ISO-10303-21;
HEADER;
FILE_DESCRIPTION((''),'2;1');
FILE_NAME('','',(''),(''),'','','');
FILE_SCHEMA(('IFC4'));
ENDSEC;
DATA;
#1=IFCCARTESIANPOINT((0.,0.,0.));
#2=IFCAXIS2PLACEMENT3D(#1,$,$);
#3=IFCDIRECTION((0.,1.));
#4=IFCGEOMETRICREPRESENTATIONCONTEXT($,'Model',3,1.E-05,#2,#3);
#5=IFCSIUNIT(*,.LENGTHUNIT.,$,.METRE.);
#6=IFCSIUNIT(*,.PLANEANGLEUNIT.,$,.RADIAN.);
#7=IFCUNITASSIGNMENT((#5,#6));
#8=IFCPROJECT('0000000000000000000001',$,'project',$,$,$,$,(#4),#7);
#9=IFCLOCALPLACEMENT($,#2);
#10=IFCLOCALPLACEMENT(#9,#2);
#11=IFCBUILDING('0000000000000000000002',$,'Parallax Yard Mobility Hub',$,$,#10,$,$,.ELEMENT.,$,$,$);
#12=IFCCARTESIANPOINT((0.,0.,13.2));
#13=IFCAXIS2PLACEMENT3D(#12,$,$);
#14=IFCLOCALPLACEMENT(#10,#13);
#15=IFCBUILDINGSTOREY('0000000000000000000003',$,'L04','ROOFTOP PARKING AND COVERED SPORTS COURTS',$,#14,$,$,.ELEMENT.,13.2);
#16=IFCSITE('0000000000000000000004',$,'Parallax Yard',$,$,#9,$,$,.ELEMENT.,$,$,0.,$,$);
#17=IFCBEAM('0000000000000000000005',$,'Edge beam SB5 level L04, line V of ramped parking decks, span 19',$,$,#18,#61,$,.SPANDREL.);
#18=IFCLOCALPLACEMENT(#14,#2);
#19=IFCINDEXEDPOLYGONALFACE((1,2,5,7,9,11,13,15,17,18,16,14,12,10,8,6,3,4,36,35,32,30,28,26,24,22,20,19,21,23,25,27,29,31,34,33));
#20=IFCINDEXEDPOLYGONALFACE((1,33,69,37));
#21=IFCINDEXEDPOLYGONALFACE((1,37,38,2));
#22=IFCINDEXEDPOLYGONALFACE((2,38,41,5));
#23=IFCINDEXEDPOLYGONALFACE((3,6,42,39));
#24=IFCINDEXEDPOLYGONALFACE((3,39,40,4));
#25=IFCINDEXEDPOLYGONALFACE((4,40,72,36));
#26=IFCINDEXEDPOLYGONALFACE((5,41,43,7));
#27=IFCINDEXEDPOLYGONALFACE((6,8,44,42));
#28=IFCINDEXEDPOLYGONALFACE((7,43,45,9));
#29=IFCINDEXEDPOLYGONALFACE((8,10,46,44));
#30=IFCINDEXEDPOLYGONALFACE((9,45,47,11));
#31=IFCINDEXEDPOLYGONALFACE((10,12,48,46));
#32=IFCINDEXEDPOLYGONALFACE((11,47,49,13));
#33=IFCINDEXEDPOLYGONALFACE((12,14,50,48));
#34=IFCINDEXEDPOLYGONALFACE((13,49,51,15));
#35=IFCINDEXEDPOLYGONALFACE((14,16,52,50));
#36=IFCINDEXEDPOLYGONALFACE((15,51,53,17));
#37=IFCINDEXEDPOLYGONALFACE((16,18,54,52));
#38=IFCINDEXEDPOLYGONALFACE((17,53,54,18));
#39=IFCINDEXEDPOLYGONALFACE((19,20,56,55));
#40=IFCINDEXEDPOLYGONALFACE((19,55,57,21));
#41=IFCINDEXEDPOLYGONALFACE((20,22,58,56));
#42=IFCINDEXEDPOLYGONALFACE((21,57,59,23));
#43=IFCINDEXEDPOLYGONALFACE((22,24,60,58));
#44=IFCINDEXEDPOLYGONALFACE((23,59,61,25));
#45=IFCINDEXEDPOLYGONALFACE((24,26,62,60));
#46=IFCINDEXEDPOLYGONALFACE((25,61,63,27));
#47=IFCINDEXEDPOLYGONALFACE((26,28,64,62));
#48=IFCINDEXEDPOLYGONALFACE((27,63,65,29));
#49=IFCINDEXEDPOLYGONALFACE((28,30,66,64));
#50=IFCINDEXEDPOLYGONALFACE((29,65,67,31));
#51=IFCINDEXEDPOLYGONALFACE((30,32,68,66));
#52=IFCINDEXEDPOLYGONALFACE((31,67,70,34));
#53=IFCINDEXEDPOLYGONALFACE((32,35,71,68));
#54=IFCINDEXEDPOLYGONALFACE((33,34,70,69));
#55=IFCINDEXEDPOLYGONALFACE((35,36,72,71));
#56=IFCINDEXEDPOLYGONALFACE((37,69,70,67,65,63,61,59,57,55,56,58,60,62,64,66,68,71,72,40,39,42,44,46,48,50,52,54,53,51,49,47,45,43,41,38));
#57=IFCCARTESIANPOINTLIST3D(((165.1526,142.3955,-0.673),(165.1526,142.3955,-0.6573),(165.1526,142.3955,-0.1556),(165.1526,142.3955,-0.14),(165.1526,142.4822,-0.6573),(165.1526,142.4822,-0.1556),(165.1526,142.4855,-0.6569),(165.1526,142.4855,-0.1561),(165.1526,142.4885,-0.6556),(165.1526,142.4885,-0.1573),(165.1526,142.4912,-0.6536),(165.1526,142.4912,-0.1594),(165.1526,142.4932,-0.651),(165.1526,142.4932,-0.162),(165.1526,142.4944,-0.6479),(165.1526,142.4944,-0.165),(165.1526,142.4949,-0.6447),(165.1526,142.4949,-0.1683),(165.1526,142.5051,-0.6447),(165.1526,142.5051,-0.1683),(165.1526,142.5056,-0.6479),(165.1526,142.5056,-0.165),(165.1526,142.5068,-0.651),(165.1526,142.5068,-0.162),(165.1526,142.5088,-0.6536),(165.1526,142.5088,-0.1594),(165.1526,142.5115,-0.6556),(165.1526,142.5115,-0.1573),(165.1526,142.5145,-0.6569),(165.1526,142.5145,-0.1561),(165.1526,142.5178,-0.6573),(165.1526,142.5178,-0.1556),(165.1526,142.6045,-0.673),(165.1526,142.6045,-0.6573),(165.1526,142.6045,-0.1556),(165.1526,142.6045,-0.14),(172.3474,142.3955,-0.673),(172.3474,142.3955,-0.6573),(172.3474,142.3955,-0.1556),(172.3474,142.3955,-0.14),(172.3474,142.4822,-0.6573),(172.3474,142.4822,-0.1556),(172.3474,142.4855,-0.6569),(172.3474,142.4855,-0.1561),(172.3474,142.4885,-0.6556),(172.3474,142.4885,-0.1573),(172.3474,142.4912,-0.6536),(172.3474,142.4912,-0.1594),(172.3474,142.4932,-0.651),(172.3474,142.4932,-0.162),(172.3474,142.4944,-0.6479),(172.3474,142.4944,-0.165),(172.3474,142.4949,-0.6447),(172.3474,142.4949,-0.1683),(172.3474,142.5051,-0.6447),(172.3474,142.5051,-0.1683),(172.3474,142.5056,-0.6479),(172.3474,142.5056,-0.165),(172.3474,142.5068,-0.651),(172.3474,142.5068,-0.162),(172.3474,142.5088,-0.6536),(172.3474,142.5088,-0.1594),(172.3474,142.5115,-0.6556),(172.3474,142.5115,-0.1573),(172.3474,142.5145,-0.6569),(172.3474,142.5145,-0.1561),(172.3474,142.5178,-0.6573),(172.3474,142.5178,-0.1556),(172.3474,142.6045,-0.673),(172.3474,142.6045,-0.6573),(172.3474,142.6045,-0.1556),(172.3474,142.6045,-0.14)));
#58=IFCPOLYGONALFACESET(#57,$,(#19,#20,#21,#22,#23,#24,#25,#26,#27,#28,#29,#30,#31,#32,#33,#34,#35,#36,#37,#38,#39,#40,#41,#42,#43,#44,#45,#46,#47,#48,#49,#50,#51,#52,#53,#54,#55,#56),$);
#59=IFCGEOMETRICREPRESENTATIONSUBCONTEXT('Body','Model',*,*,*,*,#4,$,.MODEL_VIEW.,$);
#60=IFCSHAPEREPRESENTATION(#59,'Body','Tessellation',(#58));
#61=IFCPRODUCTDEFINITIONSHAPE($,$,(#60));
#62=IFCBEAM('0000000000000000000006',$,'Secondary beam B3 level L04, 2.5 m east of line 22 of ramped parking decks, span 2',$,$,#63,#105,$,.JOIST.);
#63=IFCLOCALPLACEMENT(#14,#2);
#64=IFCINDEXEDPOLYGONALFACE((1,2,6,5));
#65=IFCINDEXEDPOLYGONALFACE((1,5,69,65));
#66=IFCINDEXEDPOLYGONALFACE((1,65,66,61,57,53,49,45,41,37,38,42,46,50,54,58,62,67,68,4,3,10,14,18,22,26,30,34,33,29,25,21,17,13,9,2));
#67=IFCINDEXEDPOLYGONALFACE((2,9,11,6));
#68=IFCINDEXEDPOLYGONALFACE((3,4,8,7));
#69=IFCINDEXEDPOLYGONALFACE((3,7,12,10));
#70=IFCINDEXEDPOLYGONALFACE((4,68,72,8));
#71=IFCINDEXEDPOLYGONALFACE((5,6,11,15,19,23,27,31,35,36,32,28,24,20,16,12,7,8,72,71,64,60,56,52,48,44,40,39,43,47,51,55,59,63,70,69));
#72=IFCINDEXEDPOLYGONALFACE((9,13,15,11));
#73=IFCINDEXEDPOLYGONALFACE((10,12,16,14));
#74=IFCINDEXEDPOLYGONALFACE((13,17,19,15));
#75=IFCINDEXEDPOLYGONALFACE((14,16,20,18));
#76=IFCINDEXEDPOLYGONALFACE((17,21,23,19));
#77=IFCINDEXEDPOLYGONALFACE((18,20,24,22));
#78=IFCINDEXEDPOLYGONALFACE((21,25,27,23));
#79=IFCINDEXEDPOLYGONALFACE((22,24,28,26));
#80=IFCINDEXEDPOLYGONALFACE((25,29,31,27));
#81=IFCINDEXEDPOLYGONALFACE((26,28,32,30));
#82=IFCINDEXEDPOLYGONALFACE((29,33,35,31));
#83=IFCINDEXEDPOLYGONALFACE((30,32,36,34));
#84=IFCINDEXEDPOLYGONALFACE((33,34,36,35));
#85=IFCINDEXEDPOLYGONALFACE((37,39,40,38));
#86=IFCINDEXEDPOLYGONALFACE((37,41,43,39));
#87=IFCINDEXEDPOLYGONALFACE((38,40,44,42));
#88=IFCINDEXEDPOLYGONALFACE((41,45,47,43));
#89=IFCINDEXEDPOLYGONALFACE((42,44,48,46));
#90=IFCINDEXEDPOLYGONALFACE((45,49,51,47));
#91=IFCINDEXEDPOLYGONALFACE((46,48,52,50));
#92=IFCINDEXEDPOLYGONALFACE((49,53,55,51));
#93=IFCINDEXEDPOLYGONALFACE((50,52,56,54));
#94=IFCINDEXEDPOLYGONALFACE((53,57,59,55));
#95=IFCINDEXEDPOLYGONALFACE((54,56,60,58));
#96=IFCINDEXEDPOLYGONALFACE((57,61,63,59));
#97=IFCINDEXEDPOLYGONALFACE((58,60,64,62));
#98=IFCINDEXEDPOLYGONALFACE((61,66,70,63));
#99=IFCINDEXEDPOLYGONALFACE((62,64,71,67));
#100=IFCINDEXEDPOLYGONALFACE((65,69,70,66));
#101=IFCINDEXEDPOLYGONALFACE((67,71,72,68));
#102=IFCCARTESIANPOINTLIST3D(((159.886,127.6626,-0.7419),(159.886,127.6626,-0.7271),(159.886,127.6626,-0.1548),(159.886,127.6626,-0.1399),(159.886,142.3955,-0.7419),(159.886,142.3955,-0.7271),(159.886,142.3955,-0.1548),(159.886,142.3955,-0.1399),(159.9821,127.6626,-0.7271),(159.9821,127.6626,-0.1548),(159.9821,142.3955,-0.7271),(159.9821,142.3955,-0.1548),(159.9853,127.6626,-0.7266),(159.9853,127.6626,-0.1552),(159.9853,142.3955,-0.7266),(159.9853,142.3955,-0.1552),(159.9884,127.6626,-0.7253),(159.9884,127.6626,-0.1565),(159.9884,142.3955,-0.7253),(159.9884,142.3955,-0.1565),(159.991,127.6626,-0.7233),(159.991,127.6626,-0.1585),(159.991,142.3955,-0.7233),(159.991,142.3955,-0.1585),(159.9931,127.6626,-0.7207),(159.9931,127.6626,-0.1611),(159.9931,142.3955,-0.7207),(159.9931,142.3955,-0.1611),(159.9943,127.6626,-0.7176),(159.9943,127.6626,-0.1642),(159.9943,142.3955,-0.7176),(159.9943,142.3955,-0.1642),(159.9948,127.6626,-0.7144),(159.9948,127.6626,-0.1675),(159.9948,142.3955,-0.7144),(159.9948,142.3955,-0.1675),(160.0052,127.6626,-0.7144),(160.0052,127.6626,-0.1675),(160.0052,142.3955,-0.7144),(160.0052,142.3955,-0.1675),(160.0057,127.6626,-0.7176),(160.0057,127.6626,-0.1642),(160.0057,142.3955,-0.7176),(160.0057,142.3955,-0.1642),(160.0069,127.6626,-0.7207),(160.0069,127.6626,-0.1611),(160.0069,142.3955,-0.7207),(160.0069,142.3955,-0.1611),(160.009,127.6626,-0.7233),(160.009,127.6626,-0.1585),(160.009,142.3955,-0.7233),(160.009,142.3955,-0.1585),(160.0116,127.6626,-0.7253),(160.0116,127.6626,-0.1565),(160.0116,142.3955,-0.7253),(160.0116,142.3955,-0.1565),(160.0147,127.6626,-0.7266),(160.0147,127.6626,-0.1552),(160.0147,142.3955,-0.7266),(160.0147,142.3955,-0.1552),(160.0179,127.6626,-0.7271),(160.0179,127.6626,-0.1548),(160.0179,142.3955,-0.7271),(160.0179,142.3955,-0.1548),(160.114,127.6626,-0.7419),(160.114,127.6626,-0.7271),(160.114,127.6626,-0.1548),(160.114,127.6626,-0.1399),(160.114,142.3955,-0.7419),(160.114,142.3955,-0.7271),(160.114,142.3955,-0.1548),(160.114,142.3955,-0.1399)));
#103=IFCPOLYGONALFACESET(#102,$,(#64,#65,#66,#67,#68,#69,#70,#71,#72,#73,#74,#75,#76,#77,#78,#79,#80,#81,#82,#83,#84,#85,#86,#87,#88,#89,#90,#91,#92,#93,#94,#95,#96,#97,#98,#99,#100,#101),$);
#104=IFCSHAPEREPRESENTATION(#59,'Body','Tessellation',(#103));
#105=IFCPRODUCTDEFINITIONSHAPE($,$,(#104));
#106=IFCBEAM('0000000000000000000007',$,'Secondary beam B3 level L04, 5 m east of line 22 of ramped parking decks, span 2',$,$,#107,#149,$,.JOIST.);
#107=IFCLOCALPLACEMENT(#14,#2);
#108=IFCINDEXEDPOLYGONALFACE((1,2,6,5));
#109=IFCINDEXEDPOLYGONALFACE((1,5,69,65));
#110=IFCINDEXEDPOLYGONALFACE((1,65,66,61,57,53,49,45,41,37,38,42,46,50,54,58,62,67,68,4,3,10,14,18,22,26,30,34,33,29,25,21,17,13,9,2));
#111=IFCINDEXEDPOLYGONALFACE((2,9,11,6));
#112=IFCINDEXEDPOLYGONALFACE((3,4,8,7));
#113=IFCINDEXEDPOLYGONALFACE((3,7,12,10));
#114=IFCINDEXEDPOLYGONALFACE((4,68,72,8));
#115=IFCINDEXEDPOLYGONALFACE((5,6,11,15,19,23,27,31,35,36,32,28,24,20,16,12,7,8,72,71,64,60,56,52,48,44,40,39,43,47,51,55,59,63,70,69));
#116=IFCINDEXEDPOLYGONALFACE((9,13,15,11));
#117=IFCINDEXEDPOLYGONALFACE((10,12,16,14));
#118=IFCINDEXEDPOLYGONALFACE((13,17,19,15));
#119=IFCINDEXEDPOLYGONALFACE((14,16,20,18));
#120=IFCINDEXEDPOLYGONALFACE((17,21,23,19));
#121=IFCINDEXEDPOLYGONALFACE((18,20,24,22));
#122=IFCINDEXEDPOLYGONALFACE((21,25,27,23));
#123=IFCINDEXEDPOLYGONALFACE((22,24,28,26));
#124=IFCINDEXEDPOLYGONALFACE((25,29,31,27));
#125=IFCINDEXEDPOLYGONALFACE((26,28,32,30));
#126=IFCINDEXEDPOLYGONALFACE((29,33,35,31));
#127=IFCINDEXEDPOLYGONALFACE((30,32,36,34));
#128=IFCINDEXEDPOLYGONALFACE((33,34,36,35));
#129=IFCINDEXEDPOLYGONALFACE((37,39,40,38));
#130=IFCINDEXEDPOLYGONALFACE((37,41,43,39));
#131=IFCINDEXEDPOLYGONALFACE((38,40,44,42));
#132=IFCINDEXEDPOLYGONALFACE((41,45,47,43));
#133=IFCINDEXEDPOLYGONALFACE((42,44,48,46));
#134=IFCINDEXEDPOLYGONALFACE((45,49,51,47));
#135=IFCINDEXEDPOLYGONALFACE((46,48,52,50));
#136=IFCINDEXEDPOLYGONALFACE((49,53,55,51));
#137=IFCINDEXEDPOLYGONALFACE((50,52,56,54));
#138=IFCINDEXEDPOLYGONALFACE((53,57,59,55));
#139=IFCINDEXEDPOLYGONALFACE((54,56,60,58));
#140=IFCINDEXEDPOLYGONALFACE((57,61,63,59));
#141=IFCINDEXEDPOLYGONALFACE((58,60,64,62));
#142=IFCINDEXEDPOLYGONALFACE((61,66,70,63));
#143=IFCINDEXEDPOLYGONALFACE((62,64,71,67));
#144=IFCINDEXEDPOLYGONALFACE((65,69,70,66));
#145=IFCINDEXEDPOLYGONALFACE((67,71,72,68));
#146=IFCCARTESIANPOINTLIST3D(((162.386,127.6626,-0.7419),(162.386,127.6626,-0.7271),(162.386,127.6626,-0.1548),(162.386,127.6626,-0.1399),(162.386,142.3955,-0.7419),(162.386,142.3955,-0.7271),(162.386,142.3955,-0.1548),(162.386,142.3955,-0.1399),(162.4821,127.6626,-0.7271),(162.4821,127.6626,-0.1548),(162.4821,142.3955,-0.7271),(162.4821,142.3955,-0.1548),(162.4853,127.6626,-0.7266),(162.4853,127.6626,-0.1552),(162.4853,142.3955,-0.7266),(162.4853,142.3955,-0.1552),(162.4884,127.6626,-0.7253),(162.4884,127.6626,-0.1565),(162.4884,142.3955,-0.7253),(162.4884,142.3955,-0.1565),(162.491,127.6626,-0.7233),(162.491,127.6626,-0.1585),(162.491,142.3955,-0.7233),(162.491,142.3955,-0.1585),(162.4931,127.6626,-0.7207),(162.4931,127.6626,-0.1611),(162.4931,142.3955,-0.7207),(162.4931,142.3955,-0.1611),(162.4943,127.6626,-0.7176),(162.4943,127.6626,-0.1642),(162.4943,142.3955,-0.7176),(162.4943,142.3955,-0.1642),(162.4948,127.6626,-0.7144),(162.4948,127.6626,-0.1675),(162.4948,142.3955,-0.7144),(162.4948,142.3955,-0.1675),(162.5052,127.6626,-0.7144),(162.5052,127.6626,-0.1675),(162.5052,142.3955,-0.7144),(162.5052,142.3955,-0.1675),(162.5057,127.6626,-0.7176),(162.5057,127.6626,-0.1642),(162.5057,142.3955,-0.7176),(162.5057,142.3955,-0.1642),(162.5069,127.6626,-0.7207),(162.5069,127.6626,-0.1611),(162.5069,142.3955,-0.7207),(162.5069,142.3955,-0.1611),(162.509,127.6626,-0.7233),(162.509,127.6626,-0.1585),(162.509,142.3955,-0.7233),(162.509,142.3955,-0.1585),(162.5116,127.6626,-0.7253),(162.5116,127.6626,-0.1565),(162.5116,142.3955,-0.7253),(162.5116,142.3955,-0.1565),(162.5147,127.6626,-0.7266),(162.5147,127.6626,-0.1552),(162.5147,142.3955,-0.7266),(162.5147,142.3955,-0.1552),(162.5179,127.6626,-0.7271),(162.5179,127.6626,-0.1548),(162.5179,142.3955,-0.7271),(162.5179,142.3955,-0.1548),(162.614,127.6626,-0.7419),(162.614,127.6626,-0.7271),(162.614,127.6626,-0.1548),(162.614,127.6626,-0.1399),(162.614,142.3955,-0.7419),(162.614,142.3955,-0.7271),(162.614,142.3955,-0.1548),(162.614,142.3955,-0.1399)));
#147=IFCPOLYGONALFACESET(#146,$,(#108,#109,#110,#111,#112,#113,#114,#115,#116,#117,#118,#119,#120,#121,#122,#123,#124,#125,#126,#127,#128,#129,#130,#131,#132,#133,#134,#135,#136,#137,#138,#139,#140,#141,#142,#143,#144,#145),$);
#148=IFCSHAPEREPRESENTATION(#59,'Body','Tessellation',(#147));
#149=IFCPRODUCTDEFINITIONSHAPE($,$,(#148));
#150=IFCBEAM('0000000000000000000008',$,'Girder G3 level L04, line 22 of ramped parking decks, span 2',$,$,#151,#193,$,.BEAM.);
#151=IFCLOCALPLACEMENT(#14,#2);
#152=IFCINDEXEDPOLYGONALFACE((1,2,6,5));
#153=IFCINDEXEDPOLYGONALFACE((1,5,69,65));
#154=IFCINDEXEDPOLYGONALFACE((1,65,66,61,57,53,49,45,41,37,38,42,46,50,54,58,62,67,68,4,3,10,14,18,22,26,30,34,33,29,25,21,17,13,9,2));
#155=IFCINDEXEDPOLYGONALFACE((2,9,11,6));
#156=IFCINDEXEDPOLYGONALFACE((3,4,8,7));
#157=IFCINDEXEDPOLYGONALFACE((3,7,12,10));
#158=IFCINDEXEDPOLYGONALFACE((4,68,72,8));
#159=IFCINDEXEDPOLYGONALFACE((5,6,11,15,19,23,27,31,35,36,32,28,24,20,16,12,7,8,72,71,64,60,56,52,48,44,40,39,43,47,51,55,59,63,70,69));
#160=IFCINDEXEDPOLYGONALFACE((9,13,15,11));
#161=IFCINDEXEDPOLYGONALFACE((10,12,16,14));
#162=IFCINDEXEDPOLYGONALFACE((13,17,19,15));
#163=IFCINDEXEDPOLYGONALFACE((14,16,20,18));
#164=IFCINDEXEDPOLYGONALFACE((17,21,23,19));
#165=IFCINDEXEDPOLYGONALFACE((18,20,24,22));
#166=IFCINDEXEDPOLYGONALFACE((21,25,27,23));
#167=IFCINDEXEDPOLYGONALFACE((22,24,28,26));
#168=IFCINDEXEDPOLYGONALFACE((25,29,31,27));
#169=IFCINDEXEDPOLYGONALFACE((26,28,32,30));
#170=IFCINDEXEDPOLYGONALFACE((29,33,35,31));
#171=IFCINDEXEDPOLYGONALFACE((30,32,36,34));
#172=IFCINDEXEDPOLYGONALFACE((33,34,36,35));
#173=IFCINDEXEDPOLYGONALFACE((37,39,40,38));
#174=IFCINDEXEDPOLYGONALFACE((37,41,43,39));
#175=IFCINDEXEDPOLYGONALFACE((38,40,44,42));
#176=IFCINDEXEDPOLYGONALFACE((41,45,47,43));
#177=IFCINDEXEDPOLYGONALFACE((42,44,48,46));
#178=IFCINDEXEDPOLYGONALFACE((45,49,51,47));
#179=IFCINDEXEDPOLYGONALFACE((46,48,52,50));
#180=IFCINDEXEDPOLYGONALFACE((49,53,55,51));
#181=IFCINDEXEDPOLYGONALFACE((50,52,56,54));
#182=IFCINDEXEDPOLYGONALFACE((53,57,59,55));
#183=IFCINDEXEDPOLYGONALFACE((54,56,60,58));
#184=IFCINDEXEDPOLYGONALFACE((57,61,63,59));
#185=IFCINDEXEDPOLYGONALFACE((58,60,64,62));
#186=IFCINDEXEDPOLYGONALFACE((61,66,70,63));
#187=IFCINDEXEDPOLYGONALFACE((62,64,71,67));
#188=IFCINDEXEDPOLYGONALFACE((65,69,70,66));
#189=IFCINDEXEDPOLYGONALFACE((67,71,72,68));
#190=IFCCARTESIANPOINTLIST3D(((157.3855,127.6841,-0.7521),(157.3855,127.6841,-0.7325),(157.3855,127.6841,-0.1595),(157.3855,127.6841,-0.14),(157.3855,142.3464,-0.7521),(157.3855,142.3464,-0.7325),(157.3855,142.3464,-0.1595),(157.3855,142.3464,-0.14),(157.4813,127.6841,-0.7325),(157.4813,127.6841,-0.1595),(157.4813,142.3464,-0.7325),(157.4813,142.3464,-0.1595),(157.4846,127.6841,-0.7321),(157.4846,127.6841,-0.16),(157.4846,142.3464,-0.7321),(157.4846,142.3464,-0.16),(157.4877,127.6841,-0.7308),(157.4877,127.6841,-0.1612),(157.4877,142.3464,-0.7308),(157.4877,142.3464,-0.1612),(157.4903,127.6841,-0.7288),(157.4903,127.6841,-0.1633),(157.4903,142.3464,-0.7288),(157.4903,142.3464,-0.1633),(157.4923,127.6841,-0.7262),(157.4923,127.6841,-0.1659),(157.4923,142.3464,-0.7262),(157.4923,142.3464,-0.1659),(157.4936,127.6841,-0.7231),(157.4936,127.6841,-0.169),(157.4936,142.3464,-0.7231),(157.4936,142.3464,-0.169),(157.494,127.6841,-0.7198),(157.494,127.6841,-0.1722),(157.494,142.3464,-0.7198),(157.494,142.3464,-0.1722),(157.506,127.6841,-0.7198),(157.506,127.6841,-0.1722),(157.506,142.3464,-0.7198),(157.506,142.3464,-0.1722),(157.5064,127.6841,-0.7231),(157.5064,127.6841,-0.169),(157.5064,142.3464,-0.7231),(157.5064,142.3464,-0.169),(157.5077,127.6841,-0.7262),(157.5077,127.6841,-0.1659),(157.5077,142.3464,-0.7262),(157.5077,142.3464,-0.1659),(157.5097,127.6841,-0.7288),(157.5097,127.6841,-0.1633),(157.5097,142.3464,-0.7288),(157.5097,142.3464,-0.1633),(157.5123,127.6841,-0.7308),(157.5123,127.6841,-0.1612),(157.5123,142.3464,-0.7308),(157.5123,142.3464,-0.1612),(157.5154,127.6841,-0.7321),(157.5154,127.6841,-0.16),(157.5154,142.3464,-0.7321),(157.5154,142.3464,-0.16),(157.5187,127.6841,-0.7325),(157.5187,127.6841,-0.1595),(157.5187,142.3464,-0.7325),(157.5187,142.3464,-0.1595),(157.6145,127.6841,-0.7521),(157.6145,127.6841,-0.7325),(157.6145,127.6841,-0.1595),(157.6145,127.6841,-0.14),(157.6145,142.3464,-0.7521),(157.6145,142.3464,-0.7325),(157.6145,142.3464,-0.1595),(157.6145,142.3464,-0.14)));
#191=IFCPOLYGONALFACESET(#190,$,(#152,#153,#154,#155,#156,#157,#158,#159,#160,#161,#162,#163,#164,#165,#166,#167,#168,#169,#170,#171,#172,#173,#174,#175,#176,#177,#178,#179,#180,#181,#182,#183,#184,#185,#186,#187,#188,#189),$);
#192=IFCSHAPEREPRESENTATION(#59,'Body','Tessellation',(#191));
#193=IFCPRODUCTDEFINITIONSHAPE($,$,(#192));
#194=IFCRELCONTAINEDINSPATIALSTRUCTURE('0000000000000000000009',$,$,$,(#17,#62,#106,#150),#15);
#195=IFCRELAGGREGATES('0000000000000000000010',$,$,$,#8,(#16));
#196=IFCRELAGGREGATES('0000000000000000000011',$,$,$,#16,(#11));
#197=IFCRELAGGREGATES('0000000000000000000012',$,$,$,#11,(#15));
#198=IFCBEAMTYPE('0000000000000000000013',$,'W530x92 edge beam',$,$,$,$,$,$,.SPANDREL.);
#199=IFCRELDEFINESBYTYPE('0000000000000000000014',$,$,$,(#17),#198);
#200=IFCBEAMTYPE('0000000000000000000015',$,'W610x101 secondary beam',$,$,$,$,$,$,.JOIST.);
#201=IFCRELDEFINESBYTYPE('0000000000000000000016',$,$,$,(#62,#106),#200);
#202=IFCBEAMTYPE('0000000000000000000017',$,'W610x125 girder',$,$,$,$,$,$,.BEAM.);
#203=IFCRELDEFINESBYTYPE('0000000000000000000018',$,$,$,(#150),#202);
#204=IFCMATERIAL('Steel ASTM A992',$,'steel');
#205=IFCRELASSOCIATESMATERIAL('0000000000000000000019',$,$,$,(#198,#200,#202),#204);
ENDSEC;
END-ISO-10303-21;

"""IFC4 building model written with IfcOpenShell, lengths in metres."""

from ifc_helpers import new_model, si_unit, direction, frame, origin, origin_2d, place, context, subcontext, project, spatial, i_section, extrude, material, material_profile, profile_set, type_object, element, save


model = new_model("IFC4")

# Units and contexts
model_context = context("Model", 3, precision=1e-05, world=origin(), true_north=direction((0.0, 1.0)))
body_context = subcontext(model_context, "Body", "Model", "MODEL_VIEW")
ifc_project = project(units=[si_unit("LENGTHUNIT", "METRE"), si_unit("PLANEANGLEUNIT", "RADIAN")], contexts=[model_context])

# Site, building, storey
site_placement = place(None, origin())
site = spatial("IfcSite", under=ifc_project, at=site_placement, Name="Parallax Yard", CompositionType="ELEMENT", RefElevation=0.0)
building_placement = place(site_placement, origin())
building = spatial("IfcBuilding", under=site, at=building_placement, Name="Parallax Yard Mobility Hub", CompositionType="ELEMENT")
storey_placement = place(building_placement, frame((0.0, 0.0, 13.2)))
storey = spatial("IfcBuildingStorey", under=building, at=storey_placement, Name="L04", Description="ROOFTOP PARKING AND COVERED SPORTS COURTS", CompositionType="ELEMENT", Elevation=13.2)

# Shared definitions
ifc_material_1 = material(Name="Steel ASTM A992", Category="steel")

# Beams
ifc_material_profile_1 = material_profile(ifc_material_1, i_section(OverallWidth=0.209, OverallDepth=0.533, WebThickness=0.0103, FlangeThickness=0.0156, FilletRadius=0.0127, at=origin_2d()), Name="W530x92")
ifc_profile_set_1 = profile_set([ifc_material_profile_1], Name="Steel ASTM A992")
beam_type_1 = type_object("IfcBeamType", Name="W530x92 edge beam", PredefinedType="SPANDREL", material=ifc_profile_set_1)
for number, where, z_axis, x_axis, name in (
    (1, (165.1526, 142.5, -0.4065), (1.0, 0.0, 0.0), (0.0, 1.0, 0.0), "Edge beam SB5 level L04, line V of ramped parking decks, span 19"),
):
    element("IfcBeam", number, at=place(storey_placement, frame(where, z_axis=z_axis, x_axis=x_axis)), inside=storey, type_object=beam_type_1, Name=name, PredefinedType="SPANDREL", context=body_context, shape_type="SweptSolid", body=[
        extrude(i_section(OverallWidth=0.209, OverallDepth=0.533, WebThickness=0.0103, FlangeThickness=0.0156, FilletRadius=0.0127, at=origin_2d()), origin(), (0.0, 0.0, 1.0), 7.1948),
    ])
ifc_material_profile_2 = material_profile(ifc_material_1, i_section(OverallWidth=0.228, OverallDepth=0.6021, WebThickness=0.0105, FlangeThickness=0.0149, FilletRadius=0.0127, at=origin_2d()), Name="W610x101")
ifc_profile_set_2 = profile_set([ifc_material_profile_2], Name="Steel ASTM A992")
beam_type_2 = type_object("IfcBeamType", Name="W610x101 secondary beam", PredefinedType="JOIST", material=ifc_profile_set_2)
for number, where, z_axis, x_axis, name in (
    (2, (160.0, 127.6626, -0.4409), (0.0, 1.0, 0.0), (-1.0, 0.0, 0.0), "Secondary beam B3 level L04, 2.5 m east of line 22 of ramped parking decks, span 2"),
    (3, (162.5, 127.6626, -0.4409), (0.0, 1.0, 0.0), (-1.0, 0.0, 0.0), "Secondary beam B3 level L04, 5 m east of line 22 of ramped parking decks, span 2"),
):
    element("IfcBeam", number, at=place(storey_placement, frame(where, z_axis=z_axis, x_axis=x_axis)), inside=storey, type_object=beam_type_2, Name=name, PredefinedType="JOIST", context=body_context, shape_type="SweptSolid", body=[
        extrude(i_section(OverallWidth=0.228, OverallDepth=0.6021, WebThickness=0.0105, FlangeThickness=0.0149, FilletRadius=0.0127, at=origin_2d()), origin(), (0.0, 0.0, 1.0), 14.7329),
    ])
ifc_material_profile_3 = material_profile(ifc_material_1, i_section(OverallWidth=0.229, OverallDepth=0.6121, WebThickness=0.012, FlangeThickness=0.0195, FilletRadius=0.0127, at=origin_2d()), Name="W610x125")
ifc_profile_set_3 = profile_set([ifc_material_profile_3], Name="Steel ASTM A992")
beam_type_3 = type_object("IfcBeamType", Name="W610x125 girder", PredefinedType="BEAM", material=ifc_profile_set_3)
for number, where, z_axis, x_axis, name in (
    (4, (157.5, 127.6841, -0.446), (0.0, 1.0, 0.0), (-1.0, 0.0, 0.0), "Girder G3 level L04, line 22 of ramped parking decks, span 2"),
):
    element("IfcBeam", number, at=place(storey_placement, frame(where, z_axis=z_axis, x_axis=x_axis)), inside=storey, type_object=beam_type_3, Name=name, PredefinedType="BEAM", context=body_context, shape_type="SweptSolid", body=[
        extrude(i_section(OverallWidth=0.229, OverallDepth=0.6121, WebThickness=0.012, FlangeThickness=0.0195, FilletRadius=0.0127, at=origin_2d()), origin(), (0.0, 0.0, 1.0), 14.6624),
    ])

save(model, "model.ifc")
